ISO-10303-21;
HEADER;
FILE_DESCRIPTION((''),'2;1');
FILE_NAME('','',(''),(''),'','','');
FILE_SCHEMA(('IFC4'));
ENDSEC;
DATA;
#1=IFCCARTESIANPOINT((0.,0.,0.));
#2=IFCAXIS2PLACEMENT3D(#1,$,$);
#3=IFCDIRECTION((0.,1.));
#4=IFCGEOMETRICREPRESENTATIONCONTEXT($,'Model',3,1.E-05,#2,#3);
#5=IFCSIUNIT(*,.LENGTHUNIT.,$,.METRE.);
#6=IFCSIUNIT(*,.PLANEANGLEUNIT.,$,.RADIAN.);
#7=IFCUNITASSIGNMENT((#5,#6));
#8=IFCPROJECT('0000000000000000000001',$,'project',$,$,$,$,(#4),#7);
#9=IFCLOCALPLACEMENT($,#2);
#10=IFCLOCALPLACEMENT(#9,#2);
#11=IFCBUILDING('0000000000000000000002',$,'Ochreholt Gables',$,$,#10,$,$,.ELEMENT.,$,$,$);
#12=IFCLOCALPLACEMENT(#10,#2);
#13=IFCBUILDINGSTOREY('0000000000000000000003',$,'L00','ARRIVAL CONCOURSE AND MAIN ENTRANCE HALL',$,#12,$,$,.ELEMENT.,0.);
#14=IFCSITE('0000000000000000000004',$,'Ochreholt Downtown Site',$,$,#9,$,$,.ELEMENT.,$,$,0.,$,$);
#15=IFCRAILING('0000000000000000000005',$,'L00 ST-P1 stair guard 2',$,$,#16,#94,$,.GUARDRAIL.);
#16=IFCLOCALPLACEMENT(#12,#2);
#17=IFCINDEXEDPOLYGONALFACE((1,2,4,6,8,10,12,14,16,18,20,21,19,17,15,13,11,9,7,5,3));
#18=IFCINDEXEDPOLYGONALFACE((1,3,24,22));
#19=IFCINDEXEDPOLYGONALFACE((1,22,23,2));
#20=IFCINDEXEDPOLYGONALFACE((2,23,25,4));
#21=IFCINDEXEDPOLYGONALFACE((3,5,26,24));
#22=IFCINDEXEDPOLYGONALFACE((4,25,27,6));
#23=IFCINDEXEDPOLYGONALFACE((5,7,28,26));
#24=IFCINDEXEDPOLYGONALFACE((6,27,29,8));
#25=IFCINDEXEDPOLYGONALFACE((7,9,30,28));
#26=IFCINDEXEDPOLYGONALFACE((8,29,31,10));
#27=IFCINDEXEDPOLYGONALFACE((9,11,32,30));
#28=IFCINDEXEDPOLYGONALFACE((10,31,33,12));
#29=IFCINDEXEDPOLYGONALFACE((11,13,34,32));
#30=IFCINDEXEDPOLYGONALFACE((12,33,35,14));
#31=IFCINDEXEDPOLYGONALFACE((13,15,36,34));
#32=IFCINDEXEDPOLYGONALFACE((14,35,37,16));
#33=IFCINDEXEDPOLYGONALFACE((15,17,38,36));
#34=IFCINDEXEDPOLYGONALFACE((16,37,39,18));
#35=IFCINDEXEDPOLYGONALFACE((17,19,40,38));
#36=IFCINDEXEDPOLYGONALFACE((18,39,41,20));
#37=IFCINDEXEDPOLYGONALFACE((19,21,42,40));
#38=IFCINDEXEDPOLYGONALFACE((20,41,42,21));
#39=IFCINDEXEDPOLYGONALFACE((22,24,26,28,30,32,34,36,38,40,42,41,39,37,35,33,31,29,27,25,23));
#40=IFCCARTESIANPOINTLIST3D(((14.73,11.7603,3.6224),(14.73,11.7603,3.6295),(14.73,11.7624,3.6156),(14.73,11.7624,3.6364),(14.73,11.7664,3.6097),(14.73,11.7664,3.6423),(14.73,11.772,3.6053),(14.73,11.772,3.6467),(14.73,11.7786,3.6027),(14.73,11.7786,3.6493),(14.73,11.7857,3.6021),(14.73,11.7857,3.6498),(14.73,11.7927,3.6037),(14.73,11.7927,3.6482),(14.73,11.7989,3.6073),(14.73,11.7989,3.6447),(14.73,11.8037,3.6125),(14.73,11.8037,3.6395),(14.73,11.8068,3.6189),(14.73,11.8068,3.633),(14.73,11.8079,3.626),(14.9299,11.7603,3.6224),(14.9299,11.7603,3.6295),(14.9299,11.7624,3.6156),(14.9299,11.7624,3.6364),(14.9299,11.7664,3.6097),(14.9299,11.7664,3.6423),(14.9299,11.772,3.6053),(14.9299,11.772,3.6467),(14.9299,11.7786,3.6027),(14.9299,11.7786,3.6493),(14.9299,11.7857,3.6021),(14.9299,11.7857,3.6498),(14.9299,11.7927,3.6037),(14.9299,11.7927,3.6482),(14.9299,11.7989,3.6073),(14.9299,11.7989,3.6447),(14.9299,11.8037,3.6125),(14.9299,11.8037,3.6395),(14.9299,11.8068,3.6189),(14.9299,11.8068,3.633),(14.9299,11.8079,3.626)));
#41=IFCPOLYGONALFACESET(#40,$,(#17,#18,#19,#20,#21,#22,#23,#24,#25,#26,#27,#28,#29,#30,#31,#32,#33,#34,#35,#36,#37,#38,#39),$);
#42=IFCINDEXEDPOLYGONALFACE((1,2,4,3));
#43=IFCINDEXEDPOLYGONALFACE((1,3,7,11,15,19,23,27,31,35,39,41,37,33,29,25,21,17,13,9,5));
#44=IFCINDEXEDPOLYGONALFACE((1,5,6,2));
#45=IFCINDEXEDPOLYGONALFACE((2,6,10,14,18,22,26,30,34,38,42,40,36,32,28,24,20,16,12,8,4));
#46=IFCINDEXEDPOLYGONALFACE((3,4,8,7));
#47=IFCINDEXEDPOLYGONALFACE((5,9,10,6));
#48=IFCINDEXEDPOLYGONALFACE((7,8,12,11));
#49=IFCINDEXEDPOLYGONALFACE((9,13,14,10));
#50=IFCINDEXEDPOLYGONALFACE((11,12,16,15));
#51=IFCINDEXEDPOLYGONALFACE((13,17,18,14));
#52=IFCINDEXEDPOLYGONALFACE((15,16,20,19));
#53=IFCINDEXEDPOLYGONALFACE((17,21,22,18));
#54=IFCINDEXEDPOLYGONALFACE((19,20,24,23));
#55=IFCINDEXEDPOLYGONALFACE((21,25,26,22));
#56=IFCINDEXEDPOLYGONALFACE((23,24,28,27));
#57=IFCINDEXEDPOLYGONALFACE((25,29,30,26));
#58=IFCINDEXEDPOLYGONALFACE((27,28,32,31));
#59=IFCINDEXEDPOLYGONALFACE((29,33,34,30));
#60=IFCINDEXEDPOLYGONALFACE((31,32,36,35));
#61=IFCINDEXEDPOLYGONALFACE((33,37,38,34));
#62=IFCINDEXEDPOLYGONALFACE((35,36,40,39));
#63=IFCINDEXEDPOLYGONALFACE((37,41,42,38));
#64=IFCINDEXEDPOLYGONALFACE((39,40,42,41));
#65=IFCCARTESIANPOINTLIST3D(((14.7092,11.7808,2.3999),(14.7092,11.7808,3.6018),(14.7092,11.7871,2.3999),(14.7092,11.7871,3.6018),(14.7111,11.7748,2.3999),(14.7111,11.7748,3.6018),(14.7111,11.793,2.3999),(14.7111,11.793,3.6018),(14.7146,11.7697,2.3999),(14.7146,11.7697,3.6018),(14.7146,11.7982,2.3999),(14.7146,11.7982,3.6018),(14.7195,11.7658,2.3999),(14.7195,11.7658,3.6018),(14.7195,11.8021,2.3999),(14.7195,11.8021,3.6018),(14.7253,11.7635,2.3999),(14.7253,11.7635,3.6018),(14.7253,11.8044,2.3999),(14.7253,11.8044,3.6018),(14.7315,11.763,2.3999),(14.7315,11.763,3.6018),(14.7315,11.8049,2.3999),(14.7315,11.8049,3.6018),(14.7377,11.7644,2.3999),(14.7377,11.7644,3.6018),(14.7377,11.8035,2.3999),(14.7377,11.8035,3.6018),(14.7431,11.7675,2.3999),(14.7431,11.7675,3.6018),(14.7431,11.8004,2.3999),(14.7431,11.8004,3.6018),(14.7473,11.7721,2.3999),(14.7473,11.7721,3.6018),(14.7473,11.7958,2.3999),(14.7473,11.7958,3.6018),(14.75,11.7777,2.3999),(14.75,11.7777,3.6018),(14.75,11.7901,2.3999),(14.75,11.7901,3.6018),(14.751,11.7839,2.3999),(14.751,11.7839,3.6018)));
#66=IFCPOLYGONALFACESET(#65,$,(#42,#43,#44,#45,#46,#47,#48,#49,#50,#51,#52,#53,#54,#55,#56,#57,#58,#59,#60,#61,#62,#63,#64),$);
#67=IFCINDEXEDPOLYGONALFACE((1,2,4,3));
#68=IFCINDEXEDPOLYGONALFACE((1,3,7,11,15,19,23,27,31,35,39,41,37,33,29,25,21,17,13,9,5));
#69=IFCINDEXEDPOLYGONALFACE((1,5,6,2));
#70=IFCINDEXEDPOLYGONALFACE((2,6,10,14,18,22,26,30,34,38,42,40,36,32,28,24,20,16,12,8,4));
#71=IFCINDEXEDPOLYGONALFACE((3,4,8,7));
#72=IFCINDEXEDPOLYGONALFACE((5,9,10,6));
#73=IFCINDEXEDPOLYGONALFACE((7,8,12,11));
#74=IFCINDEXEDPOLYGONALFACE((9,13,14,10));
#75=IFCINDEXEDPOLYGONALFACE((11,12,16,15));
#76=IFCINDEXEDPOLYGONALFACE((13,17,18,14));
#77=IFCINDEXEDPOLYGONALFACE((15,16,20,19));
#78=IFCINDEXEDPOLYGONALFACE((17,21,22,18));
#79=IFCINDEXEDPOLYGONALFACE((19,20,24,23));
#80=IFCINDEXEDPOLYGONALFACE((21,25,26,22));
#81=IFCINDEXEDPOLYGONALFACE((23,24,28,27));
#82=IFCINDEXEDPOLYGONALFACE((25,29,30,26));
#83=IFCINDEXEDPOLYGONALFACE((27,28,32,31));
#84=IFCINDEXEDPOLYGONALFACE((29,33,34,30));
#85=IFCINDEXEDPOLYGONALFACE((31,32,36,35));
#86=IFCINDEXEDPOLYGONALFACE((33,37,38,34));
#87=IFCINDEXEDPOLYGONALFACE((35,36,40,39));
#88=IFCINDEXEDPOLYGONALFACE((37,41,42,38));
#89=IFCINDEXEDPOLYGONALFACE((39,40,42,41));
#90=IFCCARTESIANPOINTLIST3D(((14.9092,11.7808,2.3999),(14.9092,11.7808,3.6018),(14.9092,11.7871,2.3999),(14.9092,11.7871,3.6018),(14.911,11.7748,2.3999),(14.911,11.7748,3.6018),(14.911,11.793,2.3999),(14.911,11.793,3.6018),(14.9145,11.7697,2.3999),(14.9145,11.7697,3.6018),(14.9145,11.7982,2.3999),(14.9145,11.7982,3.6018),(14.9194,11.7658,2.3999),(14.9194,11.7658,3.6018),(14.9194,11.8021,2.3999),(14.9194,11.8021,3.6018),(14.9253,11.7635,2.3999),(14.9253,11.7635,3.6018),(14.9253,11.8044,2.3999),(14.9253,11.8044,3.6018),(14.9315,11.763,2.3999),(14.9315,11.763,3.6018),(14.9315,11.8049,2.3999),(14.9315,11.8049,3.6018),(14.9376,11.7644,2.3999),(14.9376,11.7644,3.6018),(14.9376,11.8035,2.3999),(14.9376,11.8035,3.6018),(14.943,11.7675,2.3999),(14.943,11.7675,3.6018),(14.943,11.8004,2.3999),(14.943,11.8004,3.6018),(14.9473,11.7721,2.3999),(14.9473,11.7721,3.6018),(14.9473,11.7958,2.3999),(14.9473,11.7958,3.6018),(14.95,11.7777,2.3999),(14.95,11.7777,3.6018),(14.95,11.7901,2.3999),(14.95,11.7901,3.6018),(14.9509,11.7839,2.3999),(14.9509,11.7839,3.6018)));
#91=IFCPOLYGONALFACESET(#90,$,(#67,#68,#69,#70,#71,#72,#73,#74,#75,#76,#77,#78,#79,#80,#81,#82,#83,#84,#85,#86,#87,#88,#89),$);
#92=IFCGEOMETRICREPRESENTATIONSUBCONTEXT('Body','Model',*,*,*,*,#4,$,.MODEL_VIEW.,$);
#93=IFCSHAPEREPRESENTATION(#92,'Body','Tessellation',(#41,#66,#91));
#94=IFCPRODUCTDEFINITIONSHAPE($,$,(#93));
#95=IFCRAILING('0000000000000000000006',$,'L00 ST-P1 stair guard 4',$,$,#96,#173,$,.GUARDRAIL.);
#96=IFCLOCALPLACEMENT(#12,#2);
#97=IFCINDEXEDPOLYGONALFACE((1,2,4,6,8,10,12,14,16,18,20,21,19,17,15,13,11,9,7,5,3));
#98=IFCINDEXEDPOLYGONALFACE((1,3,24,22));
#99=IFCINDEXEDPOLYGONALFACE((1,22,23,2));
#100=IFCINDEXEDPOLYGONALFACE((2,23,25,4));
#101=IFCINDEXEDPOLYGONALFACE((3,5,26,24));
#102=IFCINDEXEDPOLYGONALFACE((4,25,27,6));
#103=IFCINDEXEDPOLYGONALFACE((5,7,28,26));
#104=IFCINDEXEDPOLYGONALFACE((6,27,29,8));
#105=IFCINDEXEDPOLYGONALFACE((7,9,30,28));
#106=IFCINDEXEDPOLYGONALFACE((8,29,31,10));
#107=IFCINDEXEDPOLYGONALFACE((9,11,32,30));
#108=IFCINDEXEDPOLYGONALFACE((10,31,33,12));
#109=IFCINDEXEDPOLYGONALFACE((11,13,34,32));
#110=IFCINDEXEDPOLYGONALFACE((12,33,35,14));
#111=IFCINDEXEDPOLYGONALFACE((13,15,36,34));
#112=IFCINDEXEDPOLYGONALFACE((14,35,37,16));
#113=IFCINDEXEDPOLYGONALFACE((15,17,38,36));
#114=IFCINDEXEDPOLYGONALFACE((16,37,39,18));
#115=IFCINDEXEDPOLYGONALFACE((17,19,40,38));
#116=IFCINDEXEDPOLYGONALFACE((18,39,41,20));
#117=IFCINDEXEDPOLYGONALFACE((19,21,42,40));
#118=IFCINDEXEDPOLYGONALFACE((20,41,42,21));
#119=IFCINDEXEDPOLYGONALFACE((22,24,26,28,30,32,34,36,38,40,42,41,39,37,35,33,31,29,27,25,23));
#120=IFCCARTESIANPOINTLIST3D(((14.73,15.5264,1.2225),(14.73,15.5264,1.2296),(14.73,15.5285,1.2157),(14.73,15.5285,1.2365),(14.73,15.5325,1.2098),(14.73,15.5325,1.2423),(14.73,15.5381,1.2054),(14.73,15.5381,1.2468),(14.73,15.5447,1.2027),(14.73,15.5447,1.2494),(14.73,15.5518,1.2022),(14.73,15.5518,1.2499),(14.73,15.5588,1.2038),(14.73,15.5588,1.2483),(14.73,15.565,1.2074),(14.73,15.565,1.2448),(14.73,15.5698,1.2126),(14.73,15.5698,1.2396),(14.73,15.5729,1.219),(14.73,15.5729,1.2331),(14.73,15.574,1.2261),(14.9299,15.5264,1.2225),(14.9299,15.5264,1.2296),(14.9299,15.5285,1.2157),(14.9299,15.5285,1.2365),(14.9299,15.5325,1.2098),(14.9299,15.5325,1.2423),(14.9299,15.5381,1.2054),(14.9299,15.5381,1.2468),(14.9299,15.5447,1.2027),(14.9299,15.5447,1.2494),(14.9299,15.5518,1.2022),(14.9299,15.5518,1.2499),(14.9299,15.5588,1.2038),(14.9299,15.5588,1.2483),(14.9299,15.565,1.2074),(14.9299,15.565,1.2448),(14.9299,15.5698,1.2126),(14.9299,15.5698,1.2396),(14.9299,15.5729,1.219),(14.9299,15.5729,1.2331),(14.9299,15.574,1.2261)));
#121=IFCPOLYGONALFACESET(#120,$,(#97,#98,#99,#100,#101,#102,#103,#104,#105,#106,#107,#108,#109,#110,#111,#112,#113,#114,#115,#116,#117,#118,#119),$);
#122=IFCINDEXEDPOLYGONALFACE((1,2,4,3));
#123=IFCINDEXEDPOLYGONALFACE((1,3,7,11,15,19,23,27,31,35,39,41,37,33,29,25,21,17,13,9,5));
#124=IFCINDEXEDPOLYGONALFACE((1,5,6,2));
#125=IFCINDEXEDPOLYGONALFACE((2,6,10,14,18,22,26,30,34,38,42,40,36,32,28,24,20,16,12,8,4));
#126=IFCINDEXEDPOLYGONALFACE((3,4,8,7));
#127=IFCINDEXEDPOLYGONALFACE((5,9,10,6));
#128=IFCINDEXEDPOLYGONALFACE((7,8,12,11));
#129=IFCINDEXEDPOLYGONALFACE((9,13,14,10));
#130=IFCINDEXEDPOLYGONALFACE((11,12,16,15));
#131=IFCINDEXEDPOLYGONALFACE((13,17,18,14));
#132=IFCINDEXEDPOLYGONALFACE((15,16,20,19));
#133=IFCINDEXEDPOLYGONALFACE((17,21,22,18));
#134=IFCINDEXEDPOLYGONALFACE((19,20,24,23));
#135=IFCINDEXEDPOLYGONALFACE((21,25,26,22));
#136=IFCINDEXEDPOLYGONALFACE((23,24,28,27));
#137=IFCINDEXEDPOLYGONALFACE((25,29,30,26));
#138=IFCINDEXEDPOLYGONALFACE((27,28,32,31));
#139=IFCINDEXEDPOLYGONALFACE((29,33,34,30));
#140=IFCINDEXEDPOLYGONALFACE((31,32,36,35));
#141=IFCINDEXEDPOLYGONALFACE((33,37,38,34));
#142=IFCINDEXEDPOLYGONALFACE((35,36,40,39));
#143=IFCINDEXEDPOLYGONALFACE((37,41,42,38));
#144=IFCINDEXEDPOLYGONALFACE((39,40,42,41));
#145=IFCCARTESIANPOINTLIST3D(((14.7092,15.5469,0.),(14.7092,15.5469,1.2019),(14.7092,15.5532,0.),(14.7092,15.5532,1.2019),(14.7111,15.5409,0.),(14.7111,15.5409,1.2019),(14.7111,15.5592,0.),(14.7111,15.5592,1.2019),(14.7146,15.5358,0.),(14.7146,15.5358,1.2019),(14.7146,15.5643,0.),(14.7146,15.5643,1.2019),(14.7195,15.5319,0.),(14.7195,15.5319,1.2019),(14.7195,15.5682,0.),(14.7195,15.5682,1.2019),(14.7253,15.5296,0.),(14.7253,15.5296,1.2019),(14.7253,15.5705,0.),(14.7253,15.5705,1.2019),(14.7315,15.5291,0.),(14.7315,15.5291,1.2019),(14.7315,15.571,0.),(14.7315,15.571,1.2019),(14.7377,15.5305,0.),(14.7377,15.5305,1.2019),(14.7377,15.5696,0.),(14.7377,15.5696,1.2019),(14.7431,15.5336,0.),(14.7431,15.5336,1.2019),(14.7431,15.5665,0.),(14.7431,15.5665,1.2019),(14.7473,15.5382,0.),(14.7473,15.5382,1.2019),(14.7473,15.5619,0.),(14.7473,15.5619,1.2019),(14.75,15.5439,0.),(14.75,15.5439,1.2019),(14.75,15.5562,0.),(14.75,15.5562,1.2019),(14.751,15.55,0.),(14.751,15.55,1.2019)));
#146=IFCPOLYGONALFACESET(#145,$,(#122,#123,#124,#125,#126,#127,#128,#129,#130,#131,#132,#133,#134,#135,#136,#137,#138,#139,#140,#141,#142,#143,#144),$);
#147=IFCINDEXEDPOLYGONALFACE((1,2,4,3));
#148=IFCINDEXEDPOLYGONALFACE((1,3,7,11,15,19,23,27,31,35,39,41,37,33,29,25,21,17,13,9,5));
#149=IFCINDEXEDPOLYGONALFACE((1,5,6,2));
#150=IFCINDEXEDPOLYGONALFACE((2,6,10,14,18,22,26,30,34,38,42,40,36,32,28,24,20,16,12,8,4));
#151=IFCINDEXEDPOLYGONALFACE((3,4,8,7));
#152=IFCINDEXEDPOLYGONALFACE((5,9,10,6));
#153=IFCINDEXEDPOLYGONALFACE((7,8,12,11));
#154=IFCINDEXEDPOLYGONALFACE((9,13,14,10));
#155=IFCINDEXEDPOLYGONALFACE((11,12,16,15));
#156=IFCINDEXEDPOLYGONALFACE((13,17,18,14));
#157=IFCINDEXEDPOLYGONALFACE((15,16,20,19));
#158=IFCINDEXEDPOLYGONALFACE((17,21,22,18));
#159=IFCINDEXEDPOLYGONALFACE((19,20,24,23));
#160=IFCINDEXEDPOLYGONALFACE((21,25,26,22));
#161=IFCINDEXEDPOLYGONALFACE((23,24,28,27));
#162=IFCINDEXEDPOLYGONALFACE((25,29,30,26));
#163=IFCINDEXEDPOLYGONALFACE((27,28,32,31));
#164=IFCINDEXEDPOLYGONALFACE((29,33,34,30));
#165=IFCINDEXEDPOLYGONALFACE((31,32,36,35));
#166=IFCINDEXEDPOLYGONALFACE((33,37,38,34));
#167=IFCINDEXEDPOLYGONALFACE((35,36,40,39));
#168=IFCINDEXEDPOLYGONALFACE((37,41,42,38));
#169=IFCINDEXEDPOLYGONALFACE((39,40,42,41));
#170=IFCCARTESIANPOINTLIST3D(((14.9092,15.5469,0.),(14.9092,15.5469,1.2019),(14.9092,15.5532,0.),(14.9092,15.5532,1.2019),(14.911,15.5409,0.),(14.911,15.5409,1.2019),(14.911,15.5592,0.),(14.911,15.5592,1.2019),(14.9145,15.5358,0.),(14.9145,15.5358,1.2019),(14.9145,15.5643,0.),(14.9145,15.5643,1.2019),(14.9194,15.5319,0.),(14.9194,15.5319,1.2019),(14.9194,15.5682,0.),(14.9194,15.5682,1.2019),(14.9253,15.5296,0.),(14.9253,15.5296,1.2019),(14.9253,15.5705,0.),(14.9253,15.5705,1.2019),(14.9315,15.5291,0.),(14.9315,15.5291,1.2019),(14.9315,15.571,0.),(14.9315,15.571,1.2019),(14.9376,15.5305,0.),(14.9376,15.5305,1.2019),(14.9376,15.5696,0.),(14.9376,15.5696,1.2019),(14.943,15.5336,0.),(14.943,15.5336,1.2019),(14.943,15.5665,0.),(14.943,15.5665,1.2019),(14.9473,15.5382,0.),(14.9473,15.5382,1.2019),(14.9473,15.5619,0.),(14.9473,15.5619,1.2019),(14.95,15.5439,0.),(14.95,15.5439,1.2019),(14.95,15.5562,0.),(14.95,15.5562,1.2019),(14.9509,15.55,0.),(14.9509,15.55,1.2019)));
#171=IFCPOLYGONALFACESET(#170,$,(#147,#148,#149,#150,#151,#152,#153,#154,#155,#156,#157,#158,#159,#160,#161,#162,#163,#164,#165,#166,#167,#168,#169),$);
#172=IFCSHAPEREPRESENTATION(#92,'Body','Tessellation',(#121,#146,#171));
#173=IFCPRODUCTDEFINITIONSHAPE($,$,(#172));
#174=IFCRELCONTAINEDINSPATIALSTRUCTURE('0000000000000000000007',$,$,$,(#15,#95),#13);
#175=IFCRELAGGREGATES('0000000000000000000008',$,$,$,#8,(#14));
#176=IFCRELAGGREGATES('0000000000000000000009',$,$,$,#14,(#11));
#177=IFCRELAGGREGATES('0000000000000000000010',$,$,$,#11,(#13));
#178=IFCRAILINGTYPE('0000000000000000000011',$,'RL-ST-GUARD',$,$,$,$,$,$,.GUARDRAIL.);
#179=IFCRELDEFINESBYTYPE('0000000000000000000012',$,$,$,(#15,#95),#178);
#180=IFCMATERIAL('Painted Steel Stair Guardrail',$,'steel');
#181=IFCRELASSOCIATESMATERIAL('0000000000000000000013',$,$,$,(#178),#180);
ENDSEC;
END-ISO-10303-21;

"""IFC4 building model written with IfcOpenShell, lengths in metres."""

from ifc_helpers import new_model, si_unit, direction, frame, origin, origin_2d, place, context, subcontext, project, spatial, circle, extrude, material, type_object, element, save


model = new_model("IFC4")

# Units and contexts
model_context = context("Model", 3, precision=1e-05, world=origin(), true_north=direction((0.0, 1.0)))
body_context = subcontext(model_context, "Body", "Model", "MODEL_VIEW")
ifc_project = project(units=[si_unit("LENGTHUNIT", "METRE"), si_unit("PLANEANGLEUNIT", "RADIAN")], contexts=[model_context])

# Site, building, storey
site_placement = place(None, origin())
site = spatial("IfcSite", under=ifc_project, at=site_placement, Name="Ochreholt Downtown Site", CompositionType="ELEMENT", RefElevation=0.0)
building_placement = place(site_placement, origin())
building = spatial("IfcBuilding", under=site, at=building_placement, Name="Ochreholt Gables", CompositionType="ELEMENT")
storey_placement = place(building_placement, origin())
storey = spatial("IfcBuildingStorey", under=building, at=storey_placement, Name="L00", Description="ARRIVAL CONCOURSE AND MAIN ENTRANCE HALL", CompositionType="ELEMENT", Elevation=0.0)

# Railings
ifc_material_1 = material(Name="Painted Steel Stair Guardrail", Category="steel")
railing_type_1 = type_object("IfcRailingType", Name="RL-ST-GUARD", PredefinedType="GUARDRAIL", material=ifc_material_1)
for number, where, name in (
    (1, (14.73, 11.7839, 2.3999), "L00 ST-P1 stair guard 2"),
    (2, (14.73, 15.55, 0.0), "L00 ST-P1 stair guard 4"),
):
    element("IfcRailing", number, at=place(storey_placement, frame(where)), inside=storey, type_object=railing_type_1, Name=name, PredefinedType="GUARDRAIL", context=body_context, shape_type="SweptSolid", body=[
        extrude(circle(Radius=0.0239, at=origin_2d()), frame((0.0, 0.0, 1.2261), z_axis=(1.0, 0.0, 0.0), x_axis=(0.0, 1.0, 0.0)), (0.0, 0.0, 1.0), 0.2),
        extrude(circle(Radius=0.021, at=origin_2d()), origin(), (0.0, 0.0, 1.0), 1.2019),
        extrude(circle(Radius=0.021, at=origin_2d()), frame((0.2, 0.0, 0.0)), (0.0, 0.0, 1.0), 1.2019),
    ])

save(model, "model.ifc")
